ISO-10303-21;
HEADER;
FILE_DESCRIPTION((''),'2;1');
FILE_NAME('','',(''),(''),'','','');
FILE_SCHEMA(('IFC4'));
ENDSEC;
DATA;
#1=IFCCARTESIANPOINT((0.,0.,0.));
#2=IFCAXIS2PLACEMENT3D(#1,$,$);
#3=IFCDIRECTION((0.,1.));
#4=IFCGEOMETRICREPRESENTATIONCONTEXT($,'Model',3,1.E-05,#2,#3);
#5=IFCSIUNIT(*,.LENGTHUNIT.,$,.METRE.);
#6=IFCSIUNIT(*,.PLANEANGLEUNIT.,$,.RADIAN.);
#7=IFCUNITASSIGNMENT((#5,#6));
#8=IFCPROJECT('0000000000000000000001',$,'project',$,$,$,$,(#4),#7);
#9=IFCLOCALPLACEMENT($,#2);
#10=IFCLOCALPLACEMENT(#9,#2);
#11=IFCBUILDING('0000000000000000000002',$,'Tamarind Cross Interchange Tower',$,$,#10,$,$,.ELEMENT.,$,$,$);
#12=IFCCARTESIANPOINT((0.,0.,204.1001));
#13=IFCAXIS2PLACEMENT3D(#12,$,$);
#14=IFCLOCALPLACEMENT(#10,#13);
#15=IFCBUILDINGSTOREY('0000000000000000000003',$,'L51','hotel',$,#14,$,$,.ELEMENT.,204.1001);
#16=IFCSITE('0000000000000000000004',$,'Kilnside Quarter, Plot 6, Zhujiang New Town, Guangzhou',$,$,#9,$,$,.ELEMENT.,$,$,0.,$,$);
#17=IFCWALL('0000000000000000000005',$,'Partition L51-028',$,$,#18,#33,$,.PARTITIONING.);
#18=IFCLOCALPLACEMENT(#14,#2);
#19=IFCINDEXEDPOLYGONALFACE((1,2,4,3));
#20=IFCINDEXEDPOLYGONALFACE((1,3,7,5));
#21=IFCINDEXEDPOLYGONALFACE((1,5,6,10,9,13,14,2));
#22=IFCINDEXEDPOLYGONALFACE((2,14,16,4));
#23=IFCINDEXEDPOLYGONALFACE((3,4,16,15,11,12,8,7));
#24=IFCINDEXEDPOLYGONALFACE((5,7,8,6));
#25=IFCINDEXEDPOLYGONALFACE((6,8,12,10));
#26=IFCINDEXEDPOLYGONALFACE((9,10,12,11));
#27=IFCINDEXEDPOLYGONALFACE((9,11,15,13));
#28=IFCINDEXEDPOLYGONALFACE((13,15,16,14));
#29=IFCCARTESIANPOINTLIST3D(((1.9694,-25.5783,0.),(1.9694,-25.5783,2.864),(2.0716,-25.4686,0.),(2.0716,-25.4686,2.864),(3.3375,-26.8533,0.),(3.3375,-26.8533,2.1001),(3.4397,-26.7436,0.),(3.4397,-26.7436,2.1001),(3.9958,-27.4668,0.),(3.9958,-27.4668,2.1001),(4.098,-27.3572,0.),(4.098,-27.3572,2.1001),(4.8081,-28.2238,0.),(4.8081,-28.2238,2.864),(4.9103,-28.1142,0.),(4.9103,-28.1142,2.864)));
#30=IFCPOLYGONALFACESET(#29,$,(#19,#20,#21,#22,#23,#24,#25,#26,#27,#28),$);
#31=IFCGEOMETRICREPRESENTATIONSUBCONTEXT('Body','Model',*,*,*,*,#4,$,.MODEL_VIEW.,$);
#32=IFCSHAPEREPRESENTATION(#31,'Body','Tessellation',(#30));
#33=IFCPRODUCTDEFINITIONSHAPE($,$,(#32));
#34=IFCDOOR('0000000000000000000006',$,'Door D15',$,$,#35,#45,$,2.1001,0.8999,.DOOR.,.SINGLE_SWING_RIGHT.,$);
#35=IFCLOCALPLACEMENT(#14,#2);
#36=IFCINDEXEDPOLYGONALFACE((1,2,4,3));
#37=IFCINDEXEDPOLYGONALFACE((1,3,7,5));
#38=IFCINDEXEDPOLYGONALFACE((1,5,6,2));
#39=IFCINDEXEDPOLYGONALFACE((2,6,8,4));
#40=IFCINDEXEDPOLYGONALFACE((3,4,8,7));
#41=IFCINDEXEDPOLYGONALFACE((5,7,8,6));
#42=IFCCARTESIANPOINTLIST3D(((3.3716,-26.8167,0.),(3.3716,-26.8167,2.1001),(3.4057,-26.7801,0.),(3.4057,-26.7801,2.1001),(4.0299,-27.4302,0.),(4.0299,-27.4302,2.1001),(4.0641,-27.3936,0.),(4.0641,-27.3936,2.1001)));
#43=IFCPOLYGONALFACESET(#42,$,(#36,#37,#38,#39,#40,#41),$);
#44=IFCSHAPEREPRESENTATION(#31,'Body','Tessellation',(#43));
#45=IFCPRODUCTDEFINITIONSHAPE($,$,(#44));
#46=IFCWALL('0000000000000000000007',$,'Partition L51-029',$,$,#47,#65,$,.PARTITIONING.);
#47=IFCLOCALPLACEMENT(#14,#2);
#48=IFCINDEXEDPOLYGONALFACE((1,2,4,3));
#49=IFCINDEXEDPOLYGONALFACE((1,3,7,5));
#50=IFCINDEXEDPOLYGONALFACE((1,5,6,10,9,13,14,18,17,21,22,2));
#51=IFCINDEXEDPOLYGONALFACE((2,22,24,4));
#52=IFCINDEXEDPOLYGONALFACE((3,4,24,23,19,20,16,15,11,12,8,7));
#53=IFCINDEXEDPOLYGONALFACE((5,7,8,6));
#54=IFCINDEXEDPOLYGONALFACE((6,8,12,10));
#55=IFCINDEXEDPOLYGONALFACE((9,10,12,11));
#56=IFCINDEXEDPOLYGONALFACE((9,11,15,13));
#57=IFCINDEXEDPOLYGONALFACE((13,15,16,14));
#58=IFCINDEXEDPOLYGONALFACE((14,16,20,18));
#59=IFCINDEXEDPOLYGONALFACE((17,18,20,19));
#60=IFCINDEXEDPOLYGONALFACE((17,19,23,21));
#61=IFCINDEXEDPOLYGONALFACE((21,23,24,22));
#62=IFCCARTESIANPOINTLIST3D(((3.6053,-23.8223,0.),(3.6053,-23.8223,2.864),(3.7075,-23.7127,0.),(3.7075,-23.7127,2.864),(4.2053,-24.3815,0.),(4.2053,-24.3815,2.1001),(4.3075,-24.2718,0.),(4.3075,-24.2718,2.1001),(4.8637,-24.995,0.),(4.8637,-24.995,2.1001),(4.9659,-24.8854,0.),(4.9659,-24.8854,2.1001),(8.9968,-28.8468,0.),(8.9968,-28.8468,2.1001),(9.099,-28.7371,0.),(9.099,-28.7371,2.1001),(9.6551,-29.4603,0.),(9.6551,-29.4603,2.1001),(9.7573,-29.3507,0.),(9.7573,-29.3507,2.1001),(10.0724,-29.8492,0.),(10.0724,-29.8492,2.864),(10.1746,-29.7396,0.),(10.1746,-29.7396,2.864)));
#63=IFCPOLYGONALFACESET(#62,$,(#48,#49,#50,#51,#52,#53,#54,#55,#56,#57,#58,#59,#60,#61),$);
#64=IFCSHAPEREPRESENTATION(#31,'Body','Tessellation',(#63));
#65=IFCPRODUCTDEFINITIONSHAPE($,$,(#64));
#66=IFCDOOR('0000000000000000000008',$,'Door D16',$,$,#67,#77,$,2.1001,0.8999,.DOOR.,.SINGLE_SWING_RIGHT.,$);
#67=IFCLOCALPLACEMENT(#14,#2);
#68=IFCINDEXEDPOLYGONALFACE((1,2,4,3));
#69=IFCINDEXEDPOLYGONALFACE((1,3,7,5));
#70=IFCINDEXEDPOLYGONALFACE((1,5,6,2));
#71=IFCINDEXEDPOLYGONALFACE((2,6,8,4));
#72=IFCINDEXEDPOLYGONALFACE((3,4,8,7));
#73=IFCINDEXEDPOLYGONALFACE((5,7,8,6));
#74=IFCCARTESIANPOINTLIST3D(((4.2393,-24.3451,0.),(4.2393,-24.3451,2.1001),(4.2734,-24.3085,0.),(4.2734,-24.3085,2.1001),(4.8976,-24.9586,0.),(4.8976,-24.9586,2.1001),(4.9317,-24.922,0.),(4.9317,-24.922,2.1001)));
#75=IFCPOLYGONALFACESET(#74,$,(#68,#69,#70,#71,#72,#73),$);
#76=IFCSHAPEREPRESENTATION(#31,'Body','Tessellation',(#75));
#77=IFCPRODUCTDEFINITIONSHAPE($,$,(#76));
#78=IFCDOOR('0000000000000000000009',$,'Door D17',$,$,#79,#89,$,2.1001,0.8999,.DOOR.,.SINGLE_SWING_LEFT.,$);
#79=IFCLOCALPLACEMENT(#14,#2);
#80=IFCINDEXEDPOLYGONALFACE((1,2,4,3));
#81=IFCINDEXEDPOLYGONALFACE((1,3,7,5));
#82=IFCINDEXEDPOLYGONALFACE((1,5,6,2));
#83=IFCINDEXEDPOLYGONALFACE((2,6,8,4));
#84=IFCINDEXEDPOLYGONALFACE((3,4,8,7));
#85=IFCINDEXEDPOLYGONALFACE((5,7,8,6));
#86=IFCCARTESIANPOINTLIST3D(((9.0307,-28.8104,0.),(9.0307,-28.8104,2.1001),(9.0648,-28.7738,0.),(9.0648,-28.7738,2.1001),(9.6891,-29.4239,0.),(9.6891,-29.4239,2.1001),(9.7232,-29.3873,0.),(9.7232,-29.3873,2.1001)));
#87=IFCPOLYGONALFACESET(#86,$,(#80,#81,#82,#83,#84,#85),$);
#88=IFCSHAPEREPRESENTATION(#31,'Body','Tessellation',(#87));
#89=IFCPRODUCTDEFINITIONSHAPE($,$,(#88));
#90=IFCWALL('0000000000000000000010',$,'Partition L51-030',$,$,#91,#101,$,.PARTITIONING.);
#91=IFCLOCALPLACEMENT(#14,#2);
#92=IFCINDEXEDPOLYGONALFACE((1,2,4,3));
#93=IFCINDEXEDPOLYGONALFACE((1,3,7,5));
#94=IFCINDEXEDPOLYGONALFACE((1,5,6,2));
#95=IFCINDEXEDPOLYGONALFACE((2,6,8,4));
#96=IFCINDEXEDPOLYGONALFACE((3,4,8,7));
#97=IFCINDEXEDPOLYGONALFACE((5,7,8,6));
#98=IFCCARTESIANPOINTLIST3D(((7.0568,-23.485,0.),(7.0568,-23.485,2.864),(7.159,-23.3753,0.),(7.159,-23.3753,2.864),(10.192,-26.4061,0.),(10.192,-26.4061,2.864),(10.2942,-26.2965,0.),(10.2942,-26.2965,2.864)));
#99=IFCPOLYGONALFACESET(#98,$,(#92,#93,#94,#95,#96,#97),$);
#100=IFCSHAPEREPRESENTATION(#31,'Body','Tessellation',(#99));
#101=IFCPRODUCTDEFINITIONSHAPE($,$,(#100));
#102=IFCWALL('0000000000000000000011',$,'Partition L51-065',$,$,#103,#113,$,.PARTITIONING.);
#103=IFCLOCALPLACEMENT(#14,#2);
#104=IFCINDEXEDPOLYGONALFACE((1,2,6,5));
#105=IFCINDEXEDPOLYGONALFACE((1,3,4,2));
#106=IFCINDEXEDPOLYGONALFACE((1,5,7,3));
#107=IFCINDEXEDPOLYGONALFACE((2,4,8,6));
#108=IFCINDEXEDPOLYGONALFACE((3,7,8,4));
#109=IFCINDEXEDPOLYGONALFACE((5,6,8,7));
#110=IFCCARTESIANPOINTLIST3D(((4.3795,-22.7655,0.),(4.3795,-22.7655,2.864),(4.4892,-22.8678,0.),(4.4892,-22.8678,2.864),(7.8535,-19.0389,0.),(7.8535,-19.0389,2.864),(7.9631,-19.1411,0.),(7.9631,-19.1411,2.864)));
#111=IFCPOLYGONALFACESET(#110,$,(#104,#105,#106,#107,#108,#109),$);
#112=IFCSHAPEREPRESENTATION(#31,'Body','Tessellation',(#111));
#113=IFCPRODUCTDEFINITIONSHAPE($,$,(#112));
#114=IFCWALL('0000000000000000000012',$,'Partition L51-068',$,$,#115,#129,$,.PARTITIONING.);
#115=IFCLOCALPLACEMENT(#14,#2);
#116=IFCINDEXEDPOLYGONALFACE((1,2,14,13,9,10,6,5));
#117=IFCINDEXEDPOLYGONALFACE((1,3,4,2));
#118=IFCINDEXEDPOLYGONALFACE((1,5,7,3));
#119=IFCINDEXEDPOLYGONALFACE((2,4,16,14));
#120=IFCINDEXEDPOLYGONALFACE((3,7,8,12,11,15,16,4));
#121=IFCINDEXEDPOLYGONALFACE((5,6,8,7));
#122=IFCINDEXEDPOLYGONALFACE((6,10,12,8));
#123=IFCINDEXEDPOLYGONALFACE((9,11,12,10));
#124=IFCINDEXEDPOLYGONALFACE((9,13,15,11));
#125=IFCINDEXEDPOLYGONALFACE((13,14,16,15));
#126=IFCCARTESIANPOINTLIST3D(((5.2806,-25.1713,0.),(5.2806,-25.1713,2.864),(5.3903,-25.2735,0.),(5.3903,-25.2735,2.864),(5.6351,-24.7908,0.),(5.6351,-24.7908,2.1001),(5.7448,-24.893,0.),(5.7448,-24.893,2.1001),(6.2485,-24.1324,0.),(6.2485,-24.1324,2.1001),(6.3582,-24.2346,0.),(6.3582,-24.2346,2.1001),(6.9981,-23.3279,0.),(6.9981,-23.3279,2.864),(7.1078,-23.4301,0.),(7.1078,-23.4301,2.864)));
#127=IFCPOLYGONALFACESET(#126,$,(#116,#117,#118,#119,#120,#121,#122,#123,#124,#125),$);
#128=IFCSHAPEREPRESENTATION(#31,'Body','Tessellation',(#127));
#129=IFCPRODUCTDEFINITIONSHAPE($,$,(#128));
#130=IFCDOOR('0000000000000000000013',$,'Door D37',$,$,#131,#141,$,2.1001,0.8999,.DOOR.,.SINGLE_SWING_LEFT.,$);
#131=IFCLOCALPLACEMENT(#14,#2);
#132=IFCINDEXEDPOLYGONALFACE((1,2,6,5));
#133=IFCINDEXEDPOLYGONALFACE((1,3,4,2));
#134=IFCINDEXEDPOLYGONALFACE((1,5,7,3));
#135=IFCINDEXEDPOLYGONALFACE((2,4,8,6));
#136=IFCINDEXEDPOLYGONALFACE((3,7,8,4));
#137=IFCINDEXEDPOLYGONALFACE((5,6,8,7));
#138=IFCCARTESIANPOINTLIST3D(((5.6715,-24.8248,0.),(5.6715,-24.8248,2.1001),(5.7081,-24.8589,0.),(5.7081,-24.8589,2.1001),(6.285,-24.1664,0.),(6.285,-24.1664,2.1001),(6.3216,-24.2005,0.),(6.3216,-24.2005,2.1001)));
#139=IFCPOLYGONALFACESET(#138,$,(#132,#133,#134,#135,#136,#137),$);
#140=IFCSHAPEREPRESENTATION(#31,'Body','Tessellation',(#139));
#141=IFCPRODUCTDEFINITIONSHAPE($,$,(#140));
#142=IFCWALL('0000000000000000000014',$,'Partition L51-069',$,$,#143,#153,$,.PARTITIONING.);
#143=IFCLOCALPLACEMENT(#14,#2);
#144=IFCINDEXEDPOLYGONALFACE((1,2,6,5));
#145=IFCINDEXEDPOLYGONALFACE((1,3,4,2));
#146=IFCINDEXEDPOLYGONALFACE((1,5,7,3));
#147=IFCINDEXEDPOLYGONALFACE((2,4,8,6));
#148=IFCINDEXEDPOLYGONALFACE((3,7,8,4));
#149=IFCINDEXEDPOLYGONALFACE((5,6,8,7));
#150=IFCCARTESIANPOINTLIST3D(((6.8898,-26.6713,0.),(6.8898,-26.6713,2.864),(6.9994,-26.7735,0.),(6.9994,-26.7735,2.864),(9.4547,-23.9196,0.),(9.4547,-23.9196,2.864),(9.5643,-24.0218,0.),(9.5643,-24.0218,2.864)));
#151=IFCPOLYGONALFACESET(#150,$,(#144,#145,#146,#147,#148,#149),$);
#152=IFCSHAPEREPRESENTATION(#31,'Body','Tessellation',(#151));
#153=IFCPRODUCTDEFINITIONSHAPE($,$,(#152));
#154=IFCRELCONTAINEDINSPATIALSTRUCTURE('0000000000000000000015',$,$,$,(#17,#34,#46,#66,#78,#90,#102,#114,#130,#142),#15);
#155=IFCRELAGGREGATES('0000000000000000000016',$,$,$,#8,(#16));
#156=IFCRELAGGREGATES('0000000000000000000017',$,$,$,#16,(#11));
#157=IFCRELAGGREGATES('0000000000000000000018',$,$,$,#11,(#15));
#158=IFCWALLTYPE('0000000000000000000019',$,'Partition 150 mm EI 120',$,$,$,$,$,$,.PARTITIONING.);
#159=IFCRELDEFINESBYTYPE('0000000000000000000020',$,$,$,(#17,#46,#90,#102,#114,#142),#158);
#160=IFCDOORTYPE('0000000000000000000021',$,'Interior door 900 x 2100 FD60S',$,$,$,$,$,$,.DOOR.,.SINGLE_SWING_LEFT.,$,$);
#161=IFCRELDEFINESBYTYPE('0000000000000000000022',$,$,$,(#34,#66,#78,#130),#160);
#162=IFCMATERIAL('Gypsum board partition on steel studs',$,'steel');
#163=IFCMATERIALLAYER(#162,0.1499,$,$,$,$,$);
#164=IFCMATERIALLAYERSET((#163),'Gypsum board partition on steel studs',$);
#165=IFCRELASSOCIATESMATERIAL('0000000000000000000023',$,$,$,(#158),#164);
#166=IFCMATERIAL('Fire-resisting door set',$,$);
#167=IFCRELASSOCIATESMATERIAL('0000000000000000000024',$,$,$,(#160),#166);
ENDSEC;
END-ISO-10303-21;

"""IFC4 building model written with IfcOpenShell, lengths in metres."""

from ifc_helpers import new_model, si_unit, direction, frame, frame_2d, origin, place, context, subcontext, project, spatial, rectangle, extrude, material, layer, layer_set, type_object, element, fill, save


model = new_model("IFC4")

# Units and contexts
model_context = context("Model", 3, precision=1e-05, world=origin(), true_north=direction((0.0, 1.0)))
body_context = subcontext(model_context, "Body", "Model", "MODEL_VIEW")
ifc_project = project(units=[si_unit("LENGTHUNIT", "METRE"), si_unit("PLANEANGLEUNIT", "RADIAN")], contexts=[model_context])

# Site, building, storey
site_placement = place(None, origin())
site = spatial("IfcSite", under=ifc_project, at=site_placement, Name="Kilnside Quarter, Plot 6, Zhujiang New Town, Guangzhou", CompositionType="ELEMENT", RefElevation=0.0)
building_placement = place(site_placement, origin())
building = spatial("IfcBuilding", under=site, at=building_placement, Name="Tamarind Cross Interchange Tower", CompositionType="ELEMENT")
storey_placement = place(building_placement, frame((0.0, 0.0, 204.1001)))
storey = spatial("IfcBuildingStorey", under=building, at=storey_placement, Name="L51", Description="hotel", CompositionType="ELEMENT", Elevation=204.1001)

# Wall, opening, door
ifc_material_1 = material(Name="Gypsum board partition on steel studs", Category="steel")
ifc_layer_1 = layer(ifc_material_1, 0.1499)
ifc_layer_set_1 = layer_set([ifc_layer_1], Name="Gypsum board partition on steel studs")
wall_type_1 = type_object("IfcWallType", Name="Partition 150 mm EI 120", PredefinedType="PARTITIONING", material=ifc_layer_set_1)
wall_1_placement = place(storey_placement, frame((2.0205, -25.5234, 0.0), z_axis=(0.0, 0.0, 1.0), x_axis=(0.731553, -0.681785, 0.0)))
wall_1 = element("IfcWall", 1, at=wall_1_placement, inside=storey, type_object=wall_type_1, Name="Partition L51-028", PredefinedType="PARTITIONING", context=body_context, shape_type="SweptSolid", body=[
    extrude(rectangle(XDim=3.8804, YDim=0.1499, at=frame_2d((1.9402, 0.0))), origin(), (0.0, 0.0, 1.0), 2.864),
])
opening_1_placement = place(wall_1_placement, frame((1.8701, 0.0, 0.0)))
opening_1 = element("IfcOpeningElement", 2, at=opening_1_placement, cuts=wall_1, PredefinedType="OPENING", context=body_context, shape_type="SweptSolid", body=[
    extrude(rectangle(XDim=0.8999, YDim=2.1001, at=frame_2d((0.45, 1.05))), frame((0.0, 0.085, 0.0), z_axis=(0.0, -1.0, 0.0), x_axis=(1.0, 0.0, 0.0)), (0.0, 0.0, 1.0), 0.1699),
])
ifc_material_2 = material(Name="Fire-resisting door set")
door_type_1 = type_object("IfcDoorType", Name="Interior door 900 x 2100 FD60S", OperationType="SINGLE_SWING_LEFT", PredefinedType="DOOR", material=ifc_material_2)
door_1_placement = place(opening_1_placement, frame((0.8999, 0.0, 0.0), z_axis=(0.0, 0.0, 1.0), x_axis=(-1.0, 0.0, 0.0)))
door_1 = element("IfcDoor", 3, at=door_1_placement, inside=storey, type_object=door_type_1, Name="Door D15", OperationType="SINGLE_SWING_RIGHT", OverallHeight=2.1001, OverallWidth=0.8999, PredefinedType="DOOR", context=body_context, shape_type="SweptSolid", body=[
    extrude(rectangle(XDim=0.8999, YDim=2.1001, at=frame_2d((0.45, 1.05))), frame((0.0, 0.0249, 0.0), z_axis=(0.0, -1.0, 0.0), x_axis=(1.0, 0.0, 0.0)), (0.0, 0.0, 1.0), 0.05),
])
fill(opening_1, door_1)

# Wall, openings, doors
wall_2_placement = place(storey_placement, frame((3.6565, -23.7676, 0.0), z_axis=(0.0, 0.0, 1.0), x_axis=(0.731566, -0.681771, 0.0)))
wall_2 = element("IfcWall", 4, at=wall_2_placement, inside=storey, type_object=wall_type_1, Name="Partition L51-029", PredefinedType="PARTITIONING", context=body_context, shape_type="SweptSolid", body=[
    extrude(rectangle(XDim=8.8401, YDim=0.1499, at=frame_2d((4.4199, 0.0))), origin(), (0.0, 0.0, 1.0), 2.864),
])
opening_2_placement = place(wall_2_placement, frame((0.8201, 0.0, 0.0)))
opening_2 = element("IfcOpeningElement", 5, at=opening_2_placement, cuts=wall_2, PredefinedType="OPENING", context=body_context, shape_type="SweptSolid", body=[
    extrude(rectangle(XDim=0.8999, YDim=2.1001, at=frame_2d((0.45, 1.05))), frame((0.0, 0.085, 0.0), z_axis=(0.0, -1.0, 0.0), x_axis=(1.0, 0.0, 0.0)), (0.0, 0.0, 1.0), 0.1699),
])
opening_3_placement = place(wall_2_placement, frame((7.3696, 0.0, 0.0)))
opening_3 = element("IfcOpeningElement", 6, at=opening_3_placement, cuts=wall_2, PredefinedType="OPENING", context=body_context, shape_type="SweptSolid", body=[
    extrude(rectangle(XDim=0.8999, YDim=2.1001, at=frame_2d((0.45, 1.05))), frame((0.0, 0.085, 0.0), z_axis=(0.0, -1.0, 0.0), x_axis=(1.0, 0.0, 0.0)), (0.0, 0.0, 1.0), 0.1699),
])
door_2_placement = place(opening_2_placement, origin())
door_2 = element("IfcDoor", 7, at=door_2_placement, inside=storey, type_object=door_type_1, Name="Door D16", OperationType="SINGLE_SWING_RIGHT", OverallHeight=2.1001, OverallWidth=0.8999, PredefinedType="DOOR", context=body_context, shape_type="SweptSolid", body=[
    extrude(rectangle(XDim=0.8999, YDim=2.1001, at=frame_2d((0.45, 1.05))), frame((0.0, 0.0249, 0.0), z_axis=(0.0, -1.0, 0.0), x_axis=(1.0, 0.0, 0.0)), (0.0, 0.0, 1.0), 0.05),
])
fill(opening_2, door_2)
door_3_placement = place(opening_3_placement, origin())
door_3 = element("IfcDoor", 8, at=door_3_placement, inside=storey, type_object=door_type_1, Name="Door D17", OperationType="SINGLE_SWING_LEFT", OverallHeight=2.1001, OverallWidth=0.8999, PredefinedType="DOOR", context=body_context, shape_type="SweptSolid", body=[
    extrude(rectangle(XDim=0.8999, YDim=2.1001, at=frame_2d((0.45, 1.05))), frame((0.0, 0.0249, 0.0), z_axis=(0.0, -1.0, 0.0), x_axis=(1.0, 0.0, 0.0)), (0.0, 0.0, 1.0), 0.05),
])
fill(opening_3, door_3)

# Walls
wall_3_placement = place(storey_placement, frame((7.1079, -23.4302, 0.0), z_axis=(0.0, 0.0, 1.0), x_axis=(0.731648, -0.681683, 0.0)))
element("IfcWall", 9, at=wall_3_placement, inside=storey, type_object=wall_type_1, Name="Partition L51-030", PredefinedType="PARTITIONING", context=body_context, shape_type="SweptSolid", body=[
    extrude(rectangle(XDim=4.2852, YDim=0.1499, at=frame_2d((2.1426, 0.0))), origin(), (0.0, 0.0, 1.0), 2.864),
])
wall_4_placement = place(storey_placement, frame((4.4343, -22.8167, 0.0), z_axis=(0.0, 0.0, 1.0), x_axis=(0.681872, 0.731471, 0.0)))
element("IfcWall", 10, at=wall_4_placement, inside=storey, type_object=wall_type_1, Name="Partition L51-065", PredefinedType="PARTITIONING", context=body_context, shape_type="SweptSolid", body=[
    extrude(rectangle(XDim=5.0947, YDim=0.1499, at=frame_2d((2.5474, 0.0))), origin(), (0.0, 0.0, 1.0), 2.864),
])

# Wall, opening, door
wall_5_placement = place(storey_placement, frame((5.3354, -25.2224, 0.0), z_axis=(0.0, 0.0, 1.0), x_axis=(0.681665, 0.731664, 0.0)))
wall_5 = element("IfcWall", 11, at=wall_5_placement, inside=storey, type_object=wall_type_1, Name="Partition L51-068", PredefinedType="PARTITIONING", context=body_context, shape_type="SweptSolid", body=[
    extrude(rectangle(XDim=2.5195, YDim=0.1499, at=frame_2d((1.2598, 0.0))), origin(), (0.0, 0.0, 1.0), 2.864),
])
opening_4_placement = place(wall_5_placement, frame((0.52, 0.0, 0.0)))
opening_4 = element("IfcOpeningElement", 12, at=opening_4_placement, cuts=wall_5, PredefinedType="OPENING", context=body_context, shape_type="SweptSolid", body=[
    extrude(rectangle(XDim=0.8999, YDim=2.1001, at=frame_2d((0.45, 1.05))), frame((0.0, 0.085, 0.0), z_axis=(0.0, -1.0, 0.0), x_axis=(1.0, 0.0, 0.0)), (0.0, 0.0, 1.0), 0.1699),
])
door_4_placement = place(opening_4_placement, frame((0.8999, 0.0, 0.0), z_axis=(0.0, 0.0, 1.0), x_axis=(-1.0, 0.0, 0.0)))
door_4 = element("IfcDoor", 13, at=door_4_placement, inside=storey, type_object=door_type_1, Name="Door D37", OperationType="SINGLE_SWING_LEFT", OverallHeight=2.1001, OverallWidth=0.8999, PredefinedType="DOOR", context=body_context, shape_type="SweptSolid", body=[
    extrude(rectangle(XDim=0.8999, YDim=2.1001, at=frame_2d((0.45, 1.05))), frame((0.0, 0.0249, 0.0), z_axis=(0.0, -1.0, 0.0), x_axis=(1.0, 0.0, 0.0)), (0.0, 0.0, 1.0), 0.05),
])
fill(opening_4, door_4)

# Wall
wall_6_placement = place(storey_placement, frame((6.9446, -26.7224, 0.0), z_axis=(0.0, 0.0, 1.0), x_axis=(0.681846, 0.731495, 0.0)))
element("IfcWall", 14, at=wall_6_placement, inside=storey, type_object=wall_type_1, Name="Partition L51-069", PredefinedType="PARTITIONING", context=body_context, shape_type="SweptSolid", body=[
    extrude(rectangle(XDim=3.7617, YDim=0.1499, at=frame_2d((1.8809, 0.0))), origin(), (0.0, 0.0, 1.0), 2.864),
])

save(model, "model.ifc")
